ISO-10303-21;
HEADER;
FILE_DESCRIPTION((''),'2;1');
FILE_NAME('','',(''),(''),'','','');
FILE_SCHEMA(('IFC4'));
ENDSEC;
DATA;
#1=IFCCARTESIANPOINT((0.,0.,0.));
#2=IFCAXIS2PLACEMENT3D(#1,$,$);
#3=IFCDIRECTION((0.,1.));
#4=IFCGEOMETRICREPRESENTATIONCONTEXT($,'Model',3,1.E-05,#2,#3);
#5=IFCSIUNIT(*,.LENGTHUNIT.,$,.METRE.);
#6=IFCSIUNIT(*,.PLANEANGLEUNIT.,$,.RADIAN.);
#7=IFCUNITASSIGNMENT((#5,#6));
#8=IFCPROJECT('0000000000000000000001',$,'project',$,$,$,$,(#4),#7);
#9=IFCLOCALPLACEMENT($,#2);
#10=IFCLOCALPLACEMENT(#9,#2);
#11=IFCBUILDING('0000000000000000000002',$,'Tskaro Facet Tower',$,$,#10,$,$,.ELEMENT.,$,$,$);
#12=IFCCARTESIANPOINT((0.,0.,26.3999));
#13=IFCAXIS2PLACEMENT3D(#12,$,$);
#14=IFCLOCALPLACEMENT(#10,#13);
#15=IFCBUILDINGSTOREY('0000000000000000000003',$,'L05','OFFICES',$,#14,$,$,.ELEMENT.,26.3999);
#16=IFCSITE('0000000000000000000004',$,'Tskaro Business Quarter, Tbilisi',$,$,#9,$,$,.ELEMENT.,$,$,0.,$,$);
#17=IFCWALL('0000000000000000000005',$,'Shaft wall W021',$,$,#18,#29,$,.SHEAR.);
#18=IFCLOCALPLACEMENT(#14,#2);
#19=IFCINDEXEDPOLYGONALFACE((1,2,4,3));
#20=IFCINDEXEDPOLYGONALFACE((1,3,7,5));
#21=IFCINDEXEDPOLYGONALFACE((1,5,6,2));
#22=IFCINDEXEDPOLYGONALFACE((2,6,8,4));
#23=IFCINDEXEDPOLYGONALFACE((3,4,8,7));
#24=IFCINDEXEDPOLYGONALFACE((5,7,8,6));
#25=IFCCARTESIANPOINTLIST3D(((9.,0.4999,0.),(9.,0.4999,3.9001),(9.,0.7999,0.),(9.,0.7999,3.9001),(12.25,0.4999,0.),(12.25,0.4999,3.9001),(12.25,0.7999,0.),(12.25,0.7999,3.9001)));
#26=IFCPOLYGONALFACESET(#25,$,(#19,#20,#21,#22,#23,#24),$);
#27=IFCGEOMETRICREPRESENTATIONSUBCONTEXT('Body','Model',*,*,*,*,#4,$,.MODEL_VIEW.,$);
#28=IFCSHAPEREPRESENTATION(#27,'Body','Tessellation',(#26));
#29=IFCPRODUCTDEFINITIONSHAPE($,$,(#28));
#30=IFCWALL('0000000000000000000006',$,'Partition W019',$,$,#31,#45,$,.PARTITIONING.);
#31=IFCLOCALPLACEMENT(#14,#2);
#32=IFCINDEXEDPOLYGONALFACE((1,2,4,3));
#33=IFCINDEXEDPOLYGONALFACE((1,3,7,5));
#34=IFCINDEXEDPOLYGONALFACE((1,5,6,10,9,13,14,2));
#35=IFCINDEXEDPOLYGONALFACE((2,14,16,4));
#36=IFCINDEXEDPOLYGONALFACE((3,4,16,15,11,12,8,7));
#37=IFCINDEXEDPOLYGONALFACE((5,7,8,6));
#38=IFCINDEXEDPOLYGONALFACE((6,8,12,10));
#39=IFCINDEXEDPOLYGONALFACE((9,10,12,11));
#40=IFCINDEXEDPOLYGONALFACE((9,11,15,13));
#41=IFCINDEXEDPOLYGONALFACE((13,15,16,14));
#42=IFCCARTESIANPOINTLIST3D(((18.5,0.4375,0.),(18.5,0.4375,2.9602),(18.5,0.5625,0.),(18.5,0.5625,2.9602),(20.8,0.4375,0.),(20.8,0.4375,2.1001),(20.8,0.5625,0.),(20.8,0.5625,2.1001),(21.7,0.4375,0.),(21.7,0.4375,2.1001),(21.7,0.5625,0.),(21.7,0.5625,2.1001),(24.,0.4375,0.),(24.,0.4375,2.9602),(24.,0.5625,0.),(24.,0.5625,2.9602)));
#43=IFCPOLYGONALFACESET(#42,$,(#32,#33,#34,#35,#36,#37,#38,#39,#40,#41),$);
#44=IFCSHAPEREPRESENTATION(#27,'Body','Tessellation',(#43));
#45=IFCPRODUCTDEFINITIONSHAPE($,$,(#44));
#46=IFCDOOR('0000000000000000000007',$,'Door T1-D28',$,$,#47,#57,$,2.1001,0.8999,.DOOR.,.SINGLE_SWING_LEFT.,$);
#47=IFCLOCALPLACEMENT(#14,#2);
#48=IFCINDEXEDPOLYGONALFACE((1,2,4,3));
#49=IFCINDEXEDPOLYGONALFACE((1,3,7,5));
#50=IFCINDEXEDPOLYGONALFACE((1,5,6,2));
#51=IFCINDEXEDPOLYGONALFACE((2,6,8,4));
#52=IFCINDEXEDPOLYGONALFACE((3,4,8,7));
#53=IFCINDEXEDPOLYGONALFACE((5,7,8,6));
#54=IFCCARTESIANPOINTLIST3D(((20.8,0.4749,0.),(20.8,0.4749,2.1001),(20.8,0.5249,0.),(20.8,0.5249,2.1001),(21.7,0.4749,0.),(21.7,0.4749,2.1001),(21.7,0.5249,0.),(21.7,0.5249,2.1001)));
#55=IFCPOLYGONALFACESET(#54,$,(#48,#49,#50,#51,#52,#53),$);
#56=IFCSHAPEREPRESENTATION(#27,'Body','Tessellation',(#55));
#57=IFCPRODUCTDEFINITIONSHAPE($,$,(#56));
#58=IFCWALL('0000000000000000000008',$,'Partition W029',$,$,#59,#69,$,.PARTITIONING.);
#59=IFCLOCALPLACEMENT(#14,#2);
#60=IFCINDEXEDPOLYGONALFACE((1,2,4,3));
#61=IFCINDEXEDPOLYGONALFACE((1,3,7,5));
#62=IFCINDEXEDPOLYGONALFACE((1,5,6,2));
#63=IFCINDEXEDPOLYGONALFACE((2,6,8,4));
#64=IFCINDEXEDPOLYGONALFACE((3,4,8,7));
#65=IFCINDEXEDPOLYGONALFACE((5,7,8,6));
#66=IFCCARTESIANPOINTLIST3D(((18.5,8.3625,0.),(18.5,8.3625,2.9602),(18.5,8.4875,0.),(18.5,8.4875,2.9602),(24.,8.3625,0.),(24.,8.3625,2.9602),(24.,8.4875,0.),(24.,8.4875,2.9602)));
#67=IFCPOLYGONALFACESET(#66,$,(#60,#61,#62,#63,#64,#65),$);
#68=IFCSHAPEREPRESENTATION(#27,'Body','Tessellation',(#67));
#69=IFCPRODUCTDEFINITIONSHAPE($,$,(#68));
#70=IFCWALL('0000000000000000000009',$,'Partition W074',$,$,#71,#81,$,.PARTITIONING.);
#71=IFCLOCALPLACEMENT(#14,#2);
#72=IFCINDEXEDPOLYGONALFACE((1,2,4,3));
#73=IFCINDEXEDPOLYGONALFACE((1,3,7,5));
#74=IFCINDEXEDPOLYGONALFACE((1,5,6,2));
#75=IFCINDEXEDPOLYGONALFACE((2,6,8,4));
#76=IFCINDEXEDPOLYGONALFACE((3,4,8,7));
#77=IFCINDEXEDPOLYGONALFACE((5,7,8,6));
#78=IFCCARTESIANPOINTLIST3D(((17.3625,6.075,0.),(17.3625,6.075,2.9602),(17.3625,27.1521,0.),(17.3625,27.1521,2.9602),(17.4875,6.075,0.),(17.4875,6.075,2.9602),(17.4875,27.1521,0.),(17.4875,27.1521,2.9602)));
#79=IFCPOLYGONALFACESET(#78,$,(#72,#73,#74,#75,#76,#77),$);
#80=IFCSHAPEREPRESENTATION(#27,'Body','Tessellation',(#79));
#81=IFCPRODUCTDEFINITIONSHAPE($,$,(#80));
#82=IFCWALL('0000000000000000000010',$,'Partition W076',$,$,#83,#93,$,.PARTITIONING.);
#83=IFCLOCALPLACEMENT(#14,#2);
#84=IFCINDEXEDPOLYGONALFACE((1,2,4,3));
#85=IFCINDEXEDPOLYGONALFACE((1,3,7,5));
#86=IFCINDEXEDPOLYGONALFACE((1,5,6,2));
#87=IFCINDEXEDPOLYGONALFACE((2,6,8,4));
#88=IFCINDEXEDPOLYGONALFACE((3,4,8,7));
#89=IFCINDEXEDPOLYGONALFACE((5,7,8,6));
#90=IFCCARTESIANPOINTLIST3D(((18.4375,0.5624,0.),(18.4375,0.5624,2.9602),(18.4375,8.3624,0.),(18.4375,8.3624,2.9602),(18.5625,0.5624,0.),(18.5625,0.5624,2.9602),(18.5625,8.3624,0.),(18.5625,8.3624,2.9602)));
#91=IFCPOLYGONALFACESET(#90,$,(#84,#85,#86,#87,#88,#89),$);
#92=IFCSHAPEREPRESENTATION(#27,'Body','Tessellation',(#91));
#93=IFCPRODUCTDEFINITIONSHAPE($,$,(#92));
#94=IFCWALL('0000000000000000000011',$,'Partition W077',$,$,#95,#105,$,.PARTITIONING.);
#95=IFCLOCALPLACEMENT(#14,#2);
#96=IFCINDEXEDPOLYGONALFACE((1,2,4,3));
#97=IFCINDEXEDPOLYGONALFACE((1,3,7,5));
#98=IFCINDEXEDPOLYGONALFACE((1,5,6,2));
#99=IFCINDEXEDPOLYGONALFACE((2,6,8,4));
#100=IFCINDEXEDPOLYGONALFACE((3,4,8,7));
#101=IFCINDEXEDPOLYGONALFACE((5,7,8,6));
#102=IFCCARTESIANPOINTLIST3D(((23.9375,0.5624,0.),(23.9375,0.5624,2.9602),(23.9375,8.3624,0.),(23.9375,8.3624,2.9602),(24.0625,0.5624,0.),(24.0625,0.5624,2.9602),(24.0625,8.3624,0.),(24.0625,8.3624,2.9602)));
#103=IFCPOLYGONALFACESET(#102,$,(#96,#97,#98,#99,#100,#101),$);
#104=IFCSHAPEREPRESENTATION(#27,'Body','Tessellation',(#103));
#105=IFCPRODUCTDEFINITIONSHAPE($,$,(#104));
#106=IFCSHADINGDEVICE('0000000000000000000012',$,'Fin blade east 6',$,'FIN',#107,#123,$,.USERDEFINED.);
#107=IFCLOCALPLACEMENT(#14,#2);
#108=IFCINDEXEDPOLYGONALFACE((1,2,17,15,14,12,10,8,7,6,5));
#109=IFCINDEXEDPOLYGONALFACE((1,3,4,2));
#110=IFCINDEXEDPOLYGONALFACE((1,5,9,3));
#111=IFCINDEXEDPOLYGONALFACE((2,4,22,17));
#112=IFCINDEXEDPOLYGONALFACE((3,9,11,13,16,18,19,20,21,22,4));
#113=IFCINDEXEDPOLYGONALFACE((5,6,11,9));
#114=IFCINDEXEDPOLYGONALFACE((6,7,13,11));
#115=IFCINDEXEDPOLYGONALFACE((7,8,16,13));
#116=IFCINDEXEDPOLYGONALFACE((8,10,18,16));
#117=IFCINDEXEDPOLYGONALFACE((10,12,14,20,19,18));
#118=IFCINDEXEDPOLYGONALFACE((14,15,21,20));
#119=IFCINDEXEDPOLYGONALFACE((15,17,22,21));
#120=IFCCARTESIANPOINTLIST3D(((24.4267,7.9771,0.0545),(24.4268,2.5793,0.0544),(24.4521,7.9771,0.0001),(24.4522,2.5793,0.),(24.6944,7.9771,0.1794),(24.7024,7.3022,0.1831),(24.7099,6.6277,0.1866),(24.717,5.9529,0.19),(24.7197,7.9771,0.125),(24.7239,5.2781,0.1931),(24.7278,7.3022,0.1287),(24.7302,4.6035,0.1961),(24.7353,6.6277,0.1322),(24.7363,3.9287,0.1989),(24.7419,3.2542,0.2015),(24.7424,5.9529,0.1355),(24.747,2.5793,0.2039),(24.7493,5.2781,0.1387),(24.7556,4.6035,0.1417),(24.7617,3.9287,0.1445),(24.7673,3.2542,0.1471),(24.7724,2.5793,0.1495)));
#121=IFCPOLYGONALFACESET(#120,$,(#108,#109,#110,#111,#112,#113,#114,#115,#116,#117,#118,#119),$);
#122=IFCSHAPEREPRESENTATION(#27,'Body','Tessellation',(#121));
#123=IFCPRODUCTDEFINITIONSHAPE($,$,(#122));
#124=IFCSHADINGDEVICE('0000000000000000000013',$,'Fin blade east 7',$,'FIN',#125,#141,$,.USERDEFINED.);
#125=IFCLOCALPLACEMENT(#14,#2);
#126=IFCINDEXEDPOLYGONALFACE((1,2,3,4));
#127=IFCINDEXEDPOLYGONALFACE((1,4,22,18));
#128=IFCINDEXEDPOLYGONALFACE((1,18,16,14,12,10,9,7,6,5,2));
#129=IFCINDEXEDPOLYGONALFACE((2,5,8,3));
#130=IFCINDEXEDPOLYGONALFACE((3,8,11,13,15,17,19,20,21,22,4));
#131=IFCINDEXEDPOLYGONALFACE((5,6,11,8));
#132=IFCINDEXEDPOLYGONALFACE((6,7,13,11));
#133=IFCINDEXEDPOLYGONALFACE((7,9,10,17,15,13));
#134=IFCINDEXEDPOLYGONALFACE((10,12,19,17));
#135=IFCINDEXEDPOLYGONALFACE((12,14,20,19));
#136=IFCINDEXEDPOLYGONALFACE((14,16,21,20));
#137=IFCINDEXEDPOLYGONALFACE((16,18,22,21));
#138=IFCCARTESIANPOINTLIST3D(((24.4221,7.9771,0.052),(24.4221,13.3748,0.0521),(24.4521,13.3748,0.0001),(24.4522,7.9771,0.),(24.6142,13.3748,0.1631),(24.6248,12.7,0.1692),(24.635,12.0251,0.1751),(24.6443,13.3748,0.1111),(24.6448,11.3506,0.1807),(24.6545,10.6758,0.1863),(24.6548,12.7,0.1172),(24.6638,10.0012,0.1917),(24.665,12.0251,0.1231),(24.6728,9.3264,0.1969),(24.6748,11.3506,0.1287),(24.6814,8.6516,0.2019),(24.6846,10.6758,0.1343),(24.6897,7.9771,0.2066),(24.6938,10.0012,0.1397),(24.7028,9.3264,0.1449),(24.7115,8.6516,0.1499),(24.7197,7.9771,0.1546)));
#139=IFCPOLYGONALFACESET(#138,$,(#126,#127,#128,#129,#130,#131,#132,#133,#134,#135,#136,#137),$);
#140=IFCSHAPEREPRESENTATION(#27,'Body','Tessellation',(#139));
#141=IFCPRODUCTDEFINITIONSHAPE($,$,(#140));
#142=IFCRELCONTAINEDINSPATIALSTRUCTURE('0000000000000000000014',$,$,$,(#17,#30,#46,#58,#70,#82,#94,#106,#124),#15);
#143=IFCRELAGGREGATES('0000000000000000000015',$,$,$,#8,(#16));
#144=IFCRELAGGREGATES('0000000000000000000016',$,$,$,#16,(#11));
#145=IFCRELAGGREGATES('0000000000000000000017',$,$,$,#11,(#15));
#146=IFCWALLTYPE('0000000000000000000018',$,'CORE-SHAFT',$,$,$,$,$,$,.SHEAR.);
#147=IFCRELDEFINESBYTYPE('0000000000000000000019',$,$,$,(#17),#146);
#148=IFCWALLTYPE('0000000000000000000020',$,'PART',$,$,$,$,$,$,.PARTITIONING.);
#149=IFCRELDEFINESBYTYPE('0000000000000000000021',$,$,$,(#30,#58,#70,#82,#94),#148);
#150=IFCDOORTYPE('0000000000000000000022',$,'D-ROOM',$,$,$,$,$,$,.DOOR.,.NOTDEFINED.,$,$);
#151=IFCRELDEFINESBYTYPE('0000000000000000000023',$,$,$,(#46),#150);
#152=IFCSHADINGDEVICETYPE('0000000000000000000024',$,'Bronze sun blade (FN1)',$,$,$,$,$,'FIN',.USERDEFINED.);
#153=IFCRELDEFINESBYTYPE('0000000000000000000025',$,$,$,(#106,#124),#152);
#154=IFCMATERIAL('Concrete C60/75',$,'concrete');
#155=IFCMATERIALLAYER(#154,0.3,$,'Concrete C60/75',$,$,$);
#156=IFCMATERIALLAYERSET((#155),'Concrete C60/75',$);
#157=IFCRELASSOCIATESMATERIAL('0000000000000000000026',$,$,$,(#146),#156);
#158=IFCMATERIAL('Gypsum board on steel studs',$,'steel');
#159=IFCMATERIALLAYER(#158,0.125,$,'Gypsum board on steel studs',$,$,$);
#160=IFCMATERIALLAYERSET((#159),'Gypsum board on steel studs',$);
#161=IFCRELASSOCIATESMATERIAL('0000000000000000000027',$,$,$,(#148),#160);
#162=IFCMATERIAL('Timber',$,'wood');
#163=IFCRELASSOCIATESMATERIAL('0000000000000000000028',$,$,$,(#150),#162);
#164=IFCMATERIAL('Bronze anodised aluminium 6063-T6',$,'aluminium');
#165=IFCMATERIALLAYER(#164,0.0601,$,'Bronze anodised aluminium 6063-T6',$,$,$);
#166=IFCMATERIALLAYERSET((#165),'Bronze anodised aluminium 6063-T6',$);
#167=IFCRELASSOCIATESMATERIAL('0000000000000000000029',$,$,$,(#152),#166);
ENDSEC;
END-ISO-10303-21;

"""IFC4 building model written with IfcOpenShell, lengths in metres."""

from ifc_helpers import new_model, si_unit, direction, frame, frame_2d, origin, place, context, subcontext, project, spatial, polyline, rectangle, outline, extrude, material, layer, layer_set, type_object, element, fill, save


model = new_model("IFC4")

# Units and contexts
model_context = context("Model", 3, precision=1e-05, world=origin(), true_north=direction((0.0, 1.0)))
body_context = subcontext(model_context, "Body", "Model", "MODEL_VIEW")
ifc_project = project(units=[si_unit("LENGTHUNIT", "METRE"), si_unit("PLANEANGLEUNIT", "RADIAN")], contexts=[model_context])

# Site, building, storey
site_placement = place(None, origin())
site = spatial("IfcSite", under=ifc_project, at=site_placement, Name="Tskaro Business Quarter, Tbilisi", CompositionType="ELEMENT", RefElevation=0.0)
building_placement = place(site_placement, origin())
building = spatial("IfcBuilding", under=site, at=building_placement, Name="Tskaro Facet Tower", CompositionType="ELEMENT")
storey_placement = place(building_placement, frame((0.0, 0.0, 26.3999)))
storey = spatial("IfcBuildingStorey", under=building, at=storey_placement, Name="L05", Description="OFFICES", CompositionType="ELEMENT", Elevation=26.3999)

# Shared definitions
ifc_material_1 = material(Name="Bronze anodised aluminium 6063-T6", Category="aluminium")

# Wall
ifc_material_2 = material(Name="Concrete C60/75", Category="concrete")
ifc_layer_1 = layer(ifc_material_2, 0.3, Name="Concrete C60/75")
ifc_layer_set_1 = layer_set([ifc_layer_1], Name="Concrete C60/75")
wall_type_1 = type_object("IfcWallType", Name="CORE-SHAFT", PredefinedType="SHEAR", material=ifc_layer_set_1)
wall_1_placement = place(storey_placement, frame((12.25, 0.6499, 0.0), z_axis=(0.0, 0.0, 1.0), x_axis=(-1.0, 0.0, 0.0)))
element("IfcWall", 1, at=wall_1_placement, inside=storey, type_object=wall_type_1, Name="Shaft wall W021", PredefinedType="SHEAR", context=body_context, shape_type="SweptSolid", body=[
    extrude(rectangle(XDim=3.25, YDim=0.3, at=frame_2d((1.625, 0.0))), origin(), (0.0, 0.0, 1.0), 3.9001),
])

# Wall, opening, door
ifc_material_3 = material(Name="Gypsum board on steel studs", Category="steel")
ifc_layer_2 = layer(ifc_material_3, 0.125, Name="Gypsum board on steel studs")
ifc_layer_set_2 = layer_set([ifc_layer_2], Name="Gypsum board on steel studs")
wall_type_2 = type_object("IfcWallType", Name="PART", PredefinedType="PARTITIONING", material=ifc_layer_set_2)
wall_2_placement = place(storey_placement, frame((18.5, 0.5, 0.0), z_axis=(0.0, 0.0, 1.0), x_axis=(1.0, 0.0, 0.0)))
wall_2 = element("IfcWall", 2, at=wall_2_placement, inside=storey, type_object=wall_type_2, Name="Partition W019", PredefinedType="PARTITIONING", context=body_context, shape_type="SweptSolid", body=[
    extrude(rectangle(XDim=5.5, YDim=0.125, at=frame_2d((2.75, 0.0))), origin(), (0.0, 0.0, 1.0), 2.9602),
])
opening_placement = place(wall_2_placement, frame((2.3, 0.0, 0.0)))
opening = element("IfcOpeningElement", 3, at=opening_placement, cuts=wall_2, PredefinedType="OPENING", context=body_context, shape_type="SweptSolid", body=[
    extrude(rectangle(XDim=0.8999, YDim=2.1001, at=frame_2d((0.45, 1.05))), frame((0.0, 0.0725, 0.0), z_axis=(0.0, -1.0, 0.0), x_axis=(1.0, 0.0, 0.0)), (0.0, 0.0, 1.0), 0.145),
])
ifc_material_4 = material(Name="Timber", Category="wood")
door_type = type_object("IfcDoorType", Name="D-ROOM", OperationType="NOTDEFINED", PredefinedType="DOOR", material=ifc_material_4)
door_placement = place(opening_placement, origin())
door = element("IfcDoor", 4, at=door_placement, inside=storey, type_object=door_type, Name="Door T1-D28", OperationType="SINGLE_SWING_LEFT", OverallHeight=2.1001, OverallWidth=0.8999, PredefinedType="DOOR", context=body_context, shape_type="SweptSolid", body=[
    extrude(rectangle(XDim=0.8999, YDim=2.1001, at=frame_2d((0.45, 1.05))), frame((0.0, 0.0249, 0.0), z_axis=(0.0, -1.0, 0.0), x_axis=(1.0, 0.0, 0.0)), (0.0, 0.0, 1.0), 0.05),
])
fill(opening, door)

# Walls
wall_3_placement = place(storey_placement, frame((18.5, 8.425, 0.0), z_axis=(0.0, 0.0, 1.0), x_axis=(1.0, 0.0, 0.0)))
element("IfcWall", 5, at=wall_3_placement, inside=storey, type_object=wall_type_2, Name="Partition W029", PredefinedType="PARTITIONING", context=body_context, shape_type="SweptSolid", body=[
    extrude(rectangle(XDim=5.5, YDim=0.125, at=frame_2d((2.75, 0.0))), origin(), (0.0, 0.0, 1.0), 2.9602),
])
wall_4_placement = place(storey_placement, frame((17.425, 6.075, 0.0), z_axis=(0.0, 0.0, 1.0), x_axis=(0.0, 1.0, 0.0)))
element("IfcWall", 6, at=wall_4_placement, inside=storey, type_object=wall_type_2, Name="Partition W074", PredefinedType="PARTITIONING", context=body_context, shape_type="SweptSolid", body=[
    extrude(rectangle(XDim=21.0771, YDim=0.125, at=frame_2d((10.5386, 0.0))), origin(), (0.0, 0.0, 1.0), 2.9602),
])
for number, where, z_axis, x_axis, name in (
    (7, (18.5, 0.5625, 0.0), (0.0, 0.0, 1.0), (0.0, 1.0, 0.0), "Partition W076"),
    (8, (24.0, 0.5625, 0.0), (0.0, 0.0, 1.0), (0.0, 1.0, 0.0), "Partition W077"),
):
    element("IfcWall", number, at=place(storey_placement, frame(where, z_axis=z_axis, x_axis=x_axis)), inside=storey, type_object=wall_type_2, Name=name, PredefinedType="PARTITIONING", context=body_context, shape_type="SweptSolid", body=[
        extrude(rectangle(XDim=7.8, YDim=0.125, at=frame_2d((3.8999, 0.0))), origin(), (0.0, 0.0, 1.0), 2.9602),
    ])

# Shading devices
ifc_layer_3 = layer(ifc_material_1, 0.0601, Name="Bronze anodised aluminium 6063-T6")
ifc_layer_set_3 = layer_set([ifc_layer_3], Name="Bronze anodised aluminium 6063-T6")
shading_device_type = type_object("IfcShadingDeviceType", Name="Bronze sun blade (FN1)", ElementType="FIN", PredefinedType="USERDEFINED", material=ifc_layer_set_3)
shading_device_1_placement = place(storey_placement, frame((24.4268, 2.5793, 0.0544), z_axis=(-0.422875, -0.000016, 0.906188), x_axis=(-0.000007, 1.0, 0.000014)))
element("IfcShadingDevice", 9, at=shading_device_1_placement, inside=storey, type_object=shading_device_type, Name="Fin blade east 6", ObjectType="FIN", PredefinedType="USERDEFINED", context=body_context, shape_type="SweptSolid", body=[
    extrude(outline(polyline([(0.0, 0.0), (5.3977, 0.0), (5.3977, -0.2953), (4.7229, -0.3042), (4.0483, -0.3125), (3.3735, -0.3203), (2.6987, -0.3279), (2.0242, -0.3349), (1.3494, -0.3416), (0.6748, -0.3478), (0.0, -0.3534), (0.0, 0.0)])), origin(), (0.0, 0.0, -1.0), 0.0601),
])
shading_device_2_placement = place(storey_placement, frame((24.4221, 7.9771, 0.052), z_axis=(-0.500337, -0.000011, 0.865831), x_axis=(-0.000006, 1.0, 0.00001)))
element("IfcShadingDevice", 10, at=shading_device_2_placement, inside=storey, type_object=shading_device_type, Name="Fin blade east 7", ObjectType="FIN", PredefinedType="USERDEFINED", context=body_context, shape_type="SweptSolid", body=[
    extrude(outline(polyline([(0.0, 0.0), (5.3977, 0.0), (5.3977, -0.2219), (4.7229, -0.2341), (4.0481, -0.2459), (3.3735, -0.2572), (2.6987, -0.2684), (2.0242, -0.2791), (1.3494, -0.2895), (0.6746, -0.2995), (0.0, -0.309), (0.0, 0.0)])), origin(), (0.0, 0.0, -1.0), 0.0601),
])

save(model, "model.ifc")
